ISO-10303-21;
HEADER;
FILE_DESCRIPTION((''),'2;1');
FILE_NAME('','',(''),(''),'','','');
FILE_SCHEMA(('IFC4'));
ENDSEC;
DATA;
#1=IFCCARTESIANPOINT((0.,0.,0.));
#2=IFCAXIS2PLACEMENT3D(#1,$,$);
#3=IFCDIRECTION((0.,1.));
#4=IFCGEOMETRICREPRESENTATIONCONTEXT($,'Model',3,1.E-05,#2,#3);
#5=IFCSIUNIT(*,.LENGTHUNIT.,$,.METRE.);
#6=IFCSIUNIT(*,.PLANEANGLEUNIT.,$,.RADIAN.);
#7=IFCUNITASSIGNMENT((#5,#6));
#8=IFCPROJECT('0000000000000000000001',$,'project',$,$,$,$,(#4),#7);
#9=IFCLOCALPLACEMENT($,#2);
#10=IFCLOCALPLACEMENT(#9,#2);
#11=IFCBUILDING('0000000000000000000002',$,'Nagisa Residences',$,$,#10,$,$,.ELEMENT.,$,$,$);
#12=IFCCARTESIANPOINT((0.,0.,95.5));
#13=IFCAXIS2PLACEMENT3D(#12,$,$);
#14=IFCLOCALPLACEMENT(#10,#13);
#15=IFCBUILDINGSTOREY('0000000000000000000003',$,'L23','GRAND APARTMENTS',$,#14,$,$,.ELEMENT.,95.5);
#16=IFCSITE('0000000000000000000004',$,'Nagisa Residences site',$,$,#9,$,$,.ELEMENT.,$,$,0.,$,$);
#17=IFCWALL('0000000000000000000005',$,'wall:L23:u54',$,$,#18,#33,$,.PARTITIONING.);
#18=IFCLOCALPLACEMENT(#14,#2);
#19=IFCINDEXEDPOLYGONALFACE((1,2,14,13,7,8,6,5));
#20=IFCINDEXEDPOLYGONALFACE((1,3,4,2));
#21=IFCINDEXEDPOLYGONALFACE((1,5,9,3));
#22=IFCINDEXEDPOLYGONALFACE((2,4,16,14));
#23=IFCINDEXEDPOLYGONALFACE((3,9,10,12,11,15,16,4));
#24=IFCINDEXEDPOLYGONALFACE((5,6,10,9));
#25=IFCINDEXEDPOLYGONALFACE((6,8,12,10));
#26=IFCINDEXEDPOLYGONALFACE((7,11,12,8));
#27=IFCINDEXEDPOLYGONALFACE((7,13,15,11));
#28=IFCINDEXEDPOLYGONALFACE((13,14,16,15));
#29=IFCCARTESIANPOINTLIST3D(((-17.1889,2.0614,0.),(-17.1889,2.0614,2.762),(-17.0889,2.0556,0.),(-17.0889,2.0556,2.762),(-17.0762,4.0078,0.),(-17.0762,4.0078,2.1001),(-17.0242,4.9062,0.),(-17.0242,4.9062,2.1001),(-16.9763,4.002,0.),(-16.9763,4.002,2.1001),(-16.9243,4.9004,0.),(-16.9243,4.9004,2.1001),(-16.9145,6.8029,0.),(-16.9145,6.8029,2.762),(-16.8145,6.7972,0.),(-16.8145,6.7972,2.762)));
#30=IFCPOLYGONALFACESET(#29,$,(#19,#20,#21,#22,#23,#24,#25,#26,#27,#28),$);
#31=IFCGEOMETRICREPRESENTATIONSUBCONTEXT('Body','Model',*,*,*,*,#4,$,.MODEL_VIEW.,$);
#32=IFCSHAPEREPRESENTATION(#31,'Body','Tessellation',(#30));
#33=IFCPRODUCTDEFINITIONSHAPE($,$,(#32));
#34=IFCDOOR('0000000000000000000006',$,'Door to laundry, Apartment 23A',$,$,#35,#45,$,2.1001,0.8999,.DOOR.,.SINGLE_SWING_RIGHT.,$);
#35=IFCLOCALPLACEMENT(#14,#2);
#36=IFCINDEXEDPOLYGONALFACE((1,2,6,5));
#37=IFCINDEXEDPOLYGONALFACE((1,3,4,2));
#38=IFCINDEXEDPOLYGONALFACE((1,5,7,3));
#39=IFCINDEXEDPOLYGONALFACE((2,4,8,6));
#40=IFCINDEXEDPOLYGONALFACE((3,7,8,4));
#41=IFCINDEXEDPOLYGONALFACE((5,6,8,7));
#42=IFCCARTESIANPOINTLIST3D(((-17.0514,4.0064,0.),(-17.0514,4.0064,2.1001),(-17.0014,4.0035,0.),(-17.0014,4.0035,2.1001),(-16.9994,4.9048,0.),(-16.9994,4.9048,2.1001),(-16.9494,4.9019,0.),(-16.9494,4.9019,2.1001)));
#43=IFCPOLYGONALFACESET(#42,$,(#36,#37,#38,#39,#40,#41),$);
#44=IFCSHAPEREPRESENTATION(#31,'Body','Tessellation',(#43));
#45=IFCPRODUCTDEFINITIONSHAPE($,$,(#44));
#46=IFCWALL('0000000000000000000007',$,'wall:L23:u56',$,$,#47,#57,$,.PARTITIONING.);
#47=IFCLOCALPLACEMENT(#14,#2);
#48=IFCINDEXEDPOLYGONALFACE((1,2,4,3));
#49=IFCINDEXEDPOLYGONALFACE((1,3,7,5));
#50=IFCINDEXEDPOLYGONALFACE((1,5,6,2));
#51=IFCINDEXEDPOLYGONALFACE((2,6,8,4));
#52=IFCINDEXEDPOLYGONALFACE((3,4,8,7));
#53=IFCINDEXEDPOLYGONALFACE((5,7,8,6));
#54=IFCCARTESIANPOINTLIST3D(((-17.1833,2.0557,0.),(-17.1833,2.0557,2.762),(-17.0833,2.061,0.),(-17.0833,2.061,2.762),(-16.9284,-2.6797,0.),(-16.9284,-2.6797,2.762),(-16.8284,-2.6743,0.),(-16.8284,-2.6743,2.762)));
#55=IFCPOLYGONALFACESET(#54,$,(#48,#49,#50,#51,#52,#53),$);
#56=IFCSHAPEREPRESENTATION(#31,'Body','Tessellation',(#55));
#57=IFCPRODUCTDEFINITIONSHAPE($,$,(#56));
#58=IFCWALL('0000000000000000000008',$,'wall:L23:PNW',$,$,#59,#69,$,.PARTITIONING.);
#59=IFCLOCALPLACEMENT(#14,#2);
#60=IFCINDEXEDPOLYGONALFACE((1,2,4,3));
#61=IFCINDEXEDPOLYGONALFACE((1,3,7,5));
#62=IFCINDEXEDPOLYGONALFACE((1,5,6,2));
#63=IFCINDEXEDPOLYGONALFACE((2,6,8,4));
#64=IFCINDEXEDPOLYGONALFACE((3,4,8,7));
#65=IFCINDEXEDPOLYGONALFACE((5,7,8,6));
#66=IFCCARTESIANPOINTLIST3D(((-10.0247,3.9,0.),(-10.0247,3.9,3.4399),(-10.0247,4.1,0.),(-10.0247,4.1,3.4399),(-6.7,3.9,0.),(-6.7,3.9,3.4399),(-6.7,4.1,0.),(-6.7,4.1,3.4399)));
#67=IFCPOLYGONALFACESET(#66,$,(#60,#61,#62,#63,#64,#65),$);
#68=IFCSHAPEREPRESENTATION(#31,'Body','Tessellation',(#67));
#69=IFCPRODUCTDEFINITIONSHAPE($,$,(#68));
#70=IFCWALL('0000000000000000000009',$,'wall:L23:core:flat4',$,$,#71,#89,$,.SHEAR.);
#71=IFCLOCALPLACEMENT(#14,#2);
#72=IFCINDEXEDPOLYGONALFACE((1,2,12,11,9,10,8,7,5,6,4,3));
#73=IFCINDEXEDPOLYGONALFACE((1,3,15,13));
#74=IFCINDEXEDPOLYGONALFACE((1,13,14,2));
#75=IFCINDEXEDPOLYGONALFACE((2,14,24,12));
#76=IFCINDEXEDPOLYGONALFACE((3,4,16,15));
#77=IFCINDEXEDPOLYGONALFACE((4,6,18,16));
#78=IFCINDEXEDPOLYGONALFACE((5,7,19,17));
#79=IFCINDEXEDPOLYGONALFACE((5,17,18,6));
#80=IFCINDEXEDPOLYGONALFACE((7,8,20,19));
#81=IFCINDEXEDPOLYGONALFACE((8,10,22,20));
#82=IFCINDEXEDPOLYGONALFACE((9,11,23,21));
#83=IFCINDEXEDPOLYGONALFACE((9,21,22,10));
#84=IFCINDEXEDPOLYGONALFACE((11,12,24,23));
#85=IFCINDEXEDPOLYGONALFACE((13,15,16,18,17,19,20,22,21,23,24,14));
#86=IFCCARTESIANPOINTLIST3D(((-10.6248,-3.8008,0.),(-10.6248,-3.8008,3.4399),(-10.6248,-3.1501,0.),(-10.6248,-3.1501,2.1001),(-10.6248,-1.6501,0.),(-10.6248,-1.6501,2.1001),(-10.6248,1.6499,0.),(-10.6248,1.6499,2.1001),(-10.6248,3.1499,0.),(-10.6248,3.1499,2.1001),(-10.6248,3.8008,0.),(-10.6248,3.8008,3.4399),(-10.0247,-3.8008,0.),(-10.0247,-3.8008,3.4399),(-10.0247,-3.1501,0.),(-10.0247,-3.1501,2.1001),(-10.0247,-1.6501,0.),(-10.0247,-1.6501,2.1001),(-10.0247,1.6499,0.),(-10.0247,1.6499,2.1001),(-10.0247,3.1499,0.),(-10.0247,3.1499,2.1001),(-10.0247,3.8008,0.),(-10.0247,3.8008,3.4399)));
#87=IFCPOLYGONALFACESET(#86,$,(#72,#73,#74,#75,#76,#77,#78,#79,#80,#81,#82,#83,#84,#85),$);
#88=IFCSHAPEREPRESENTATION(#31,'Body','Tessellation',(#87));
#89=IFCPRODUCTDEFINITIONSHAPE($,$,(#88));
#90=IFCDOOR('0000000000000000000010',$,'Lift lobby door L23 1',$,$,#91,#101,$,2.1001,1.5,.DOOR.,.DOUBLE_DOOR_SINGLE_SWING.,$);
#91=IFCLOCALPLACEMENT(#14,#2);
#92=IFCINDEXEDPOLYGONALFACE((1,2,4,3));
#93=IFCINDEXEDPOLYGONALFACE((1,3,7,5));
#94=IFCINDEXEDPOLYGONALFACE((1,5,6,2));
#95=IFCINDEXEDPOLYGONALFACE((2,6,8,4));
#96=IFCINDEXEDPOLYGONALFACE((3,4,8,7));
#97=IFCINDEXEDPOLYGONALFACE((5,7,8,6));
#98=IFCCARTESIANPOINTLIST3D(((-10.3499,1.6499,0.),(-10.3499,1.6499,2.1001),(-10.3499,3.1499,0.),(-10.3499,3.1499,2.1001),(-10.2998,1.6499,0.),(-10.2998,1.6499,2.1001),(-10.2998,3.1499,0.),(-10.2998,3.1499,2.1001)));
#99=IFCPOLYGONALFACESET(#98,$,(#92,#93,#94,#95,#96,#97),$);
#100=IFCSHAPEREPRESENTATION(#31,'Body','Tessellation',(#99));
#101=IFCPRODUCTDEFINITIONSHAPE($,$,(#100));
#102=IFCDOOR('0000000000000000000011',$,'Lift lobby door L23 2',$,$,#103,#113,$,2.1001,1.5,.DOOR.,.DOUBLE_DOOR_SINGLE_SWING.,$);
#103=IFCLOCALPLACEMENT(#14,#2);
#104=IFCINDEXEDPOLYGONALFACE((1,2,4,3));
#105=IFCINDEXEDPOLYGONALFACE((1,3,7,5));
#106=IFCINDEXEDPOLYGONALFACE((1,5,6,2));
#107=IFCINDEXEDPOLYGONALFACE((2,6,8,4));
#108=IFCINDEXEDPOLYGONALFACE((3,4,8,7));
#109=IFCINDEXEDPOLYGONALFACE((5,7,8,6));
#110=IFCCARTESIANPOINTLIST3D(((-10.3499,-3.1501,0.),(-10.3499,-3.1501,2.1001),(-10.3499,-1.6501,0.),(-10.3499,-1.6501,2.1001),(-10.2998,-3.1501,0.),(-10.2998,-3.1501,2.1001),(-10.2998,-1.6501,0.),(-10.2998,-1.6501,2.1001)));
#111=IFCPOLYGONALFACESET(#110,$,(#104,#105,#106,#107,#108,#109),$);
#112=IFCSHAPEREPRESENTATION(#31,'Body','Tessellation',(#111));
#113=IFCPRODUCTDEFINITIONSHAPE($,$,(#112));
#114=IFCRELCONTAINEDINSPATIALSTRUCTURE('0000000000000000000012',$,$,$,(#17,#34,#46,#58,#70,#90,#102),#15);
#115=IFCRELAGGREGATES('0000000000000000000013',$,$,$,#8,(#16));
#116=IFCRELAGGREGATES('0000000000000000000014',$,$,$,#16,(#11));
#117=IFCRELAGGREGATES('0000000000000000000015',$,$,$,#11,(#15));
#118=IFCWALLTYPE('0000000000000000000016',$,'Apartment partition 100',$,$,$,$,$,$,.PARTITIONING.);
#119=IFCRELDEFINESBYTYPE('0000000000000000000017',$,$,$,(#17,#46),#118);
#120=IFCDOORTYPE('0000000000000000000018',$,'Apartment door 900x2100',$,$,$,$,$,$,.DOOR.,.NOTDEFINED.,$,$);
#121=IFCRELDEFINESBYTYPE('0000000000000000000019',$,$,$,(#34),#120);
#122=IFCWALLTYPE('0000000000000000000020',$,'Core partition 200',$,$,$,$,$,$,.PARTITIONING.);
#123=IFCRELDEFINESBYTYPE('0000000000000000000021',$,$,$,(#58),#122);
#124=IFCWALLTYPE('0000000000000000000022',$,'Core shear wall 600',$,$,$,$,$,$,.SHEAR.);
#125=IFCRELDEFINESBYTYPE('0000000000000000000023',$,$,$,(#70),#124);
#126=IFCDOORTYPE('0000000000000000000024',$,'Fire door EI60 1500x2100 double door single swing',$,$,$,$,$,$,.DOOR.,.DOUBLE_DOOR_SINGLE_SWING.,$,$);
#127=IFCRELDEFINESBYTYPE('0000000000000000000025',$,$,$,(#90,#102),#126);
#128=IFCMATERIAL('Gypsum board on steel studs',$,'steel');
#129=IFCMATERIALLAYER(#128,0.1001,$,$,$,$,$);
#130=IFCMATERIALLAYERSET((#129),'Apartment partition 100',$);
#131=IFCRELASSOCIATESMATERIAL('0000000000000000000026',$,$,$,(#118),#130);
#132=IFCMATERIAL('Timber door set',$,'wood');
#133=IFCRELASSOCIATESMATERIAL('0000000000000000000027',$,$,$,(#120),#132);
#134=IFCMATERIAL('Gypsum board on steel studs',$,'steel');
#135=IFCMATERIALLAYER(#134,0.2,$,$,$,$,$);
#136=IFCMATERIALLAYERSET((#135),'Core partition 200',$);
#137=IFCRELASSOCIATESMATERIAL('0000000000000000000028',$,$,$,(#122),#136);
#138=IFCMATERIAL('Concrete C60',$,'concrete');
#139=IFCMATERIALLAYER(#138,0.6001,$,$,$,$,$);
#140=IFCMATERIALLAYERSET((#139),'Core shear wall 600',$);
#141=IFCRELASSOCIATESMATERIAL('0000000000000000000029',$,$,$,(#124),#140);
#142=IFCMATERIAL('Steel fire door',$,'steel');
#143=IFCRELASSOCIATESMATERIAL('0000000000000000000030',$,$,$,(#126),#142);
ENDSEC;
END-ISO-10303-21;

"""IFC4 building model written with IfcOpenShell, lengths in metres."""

from ifc_helpers import new_model, si_unit, direction, frame, frame_2d, origin, place, context, subcontext, project, spatial, rectangle, extrude, material, layer, layer_set, type_object, element, fill, save


model = new_model("IFC4")

# Units and contexts
model_context = context("Model", 3, precision=1e-05, world=origin(), true_north=direction((0.0, 1.0)))
body_context = subcontext(model_context, "Body", "Model", "MODEL_VIEW")
ifc_project = project(units=[si_unit("LENGTHUNIT", "METRE"), si_unit("PLANEANGLEUNIT", "RADIAN")], contexts=[model_context])

# Site, building, storey
site_placement = place(None, origin())
site = spatial("IfcSite", under=ifc_project, at=site_placement, Name="Nagisa Residences site", CompositionType="ELEMENT", RefElevation=0.0)
building_placement = place(site_placement, origin())
building = spatial("IfcBuilding", under=site, at=building_placement, Name="Nagisa Residences", CompositionType="ELEMENT")
storey_placement = place(building_placement, frame((0.0, 0.0, 95.5)))
storey = spatial("IfcBuildingStorey", under=building, at=storey_placement, Name="L23", Description="GRAND APARTMENTS", CompositionType="ELEMENT", Elevation=95.5)

# Shared definitions
ifc_material_1 = material(Name="Gypsum board on steel studs", Category="steel")
ifc_layer_1 = layer(ifc_material_1, 0.1001)
ifc_layer_set_1 = layer_set([ifc_layer_1], Name="Apartment partition 100")
wall_type_1 = type_object("IfcWallType", Name="Apartment partition 100", PredefinedType="PARTITIONING", material=ifc_layer_set_1)

# Wall, opening, door
ifc_material_2 = material(Name="Timber door set", Category="wood")
door_type_1 = type_object("IfcDoorType", Name="Apartment door 900x2100", OperationType="NOTDEFINED", PredefinedType="DOOR", material=ifc_material_2)
wall_1_placement = place(storey_placement, frame((-16.8645, 6.8, 0.0), z_axis=(0.0, 0.0, 1.0), x_axis=(-0.057776, -0.99833, 0.0)))
wall_1 = element("IfcWall", 1, at=wall_1_placement, inside=storey, type_object=wall_type_1, Name="wall:L23:u54", PredefinedType="PARTITIONING", context=body_context, shape_type="SweptSolid", body=[
    extrude(rectangle(XDim=4.7495, YDim=0.1001, at=frame_2d((2.3748, 0.0))), origin(), (0.0, 0.0, 1.0), 2.762),
])
opening_1_placement = place(wall_1_placement, frame((1.8999, 0.0, 0.0)))
opening_1 = element("IfcOpeningElement", 2, at=opening_1_placement, cuts=wall_1, PredefinedType="OPENING", context=body_context, shape_type="SweptSolid", body=[
    extrude(rectangle(XDim=0.8999, YDim=2.1001, at=frame_2d((0.45, 1.05))), frame((0.0, 0.0601, 0.0), z_axis=(0.0, -1.0, 0.0), x_axis=(1.0, 0.0, 0.0)), (0.0, 0.0, 1.0), 0.1201),
])
door_1_placement = place(opening_1_placement, origin())
door_1 = element("IfcDoor", 3, at=door_1_placement, inside=storey, type_object=door_type_1, Name="Door to laundry, Apartment 23A", OperationType="SINGLE_SWING_RIGHT", OverallHeight=2.1001, OverallWidth=0.8999, PredefinedType="DOOR", context=body_context, shape_type="SweptSolid", body=[
    extrude(rectangle(XDim=0.8999, YDim=2.1001, at=frame_2d((0.45, 1.05))), frame((0.0, 0.0249, 0.0), z_axis=(0.0, -1.0, 0.0), x_axis=(1.0, 0.0, 0.0)), (0.0, 0.0, 1.0), 0.05),
])
fill(opening_1, door_1)

# Walls
wall_2_placement = place(storey_placement, frame((-17.1333, 2.0583, 0.0), z_axis=(0.0, 0.0, 1.0), x_axis=(0.053748, -0.998555, 0.0)))
element("IfcWall", 4, at=wall_2_placement, inside=storey, type_object=wall_type_1, Name="wall:L23:u56", PredefinedType="PARTITIONING", context=body_context, shape_type="SweptSolid", body=[
    extrude(rectangle(XDim=4.7422, YDim=0.1001, at=frame_2d((2.3711, 0.0))), origin(), (0.0, 0.0, 1.0), 2.762),
])
ifc_material_3 = material(Name="Gypsum board on steel studs", Category="steel")
ifc_layer_2 = layer(ifc_material_3, 0.2)
ifc_layer_set_2 = layer_set([ifc_layer_2], Name="Core partition 200")
wall_type_2 = type_object("IfcWallType", Name="Core partition 200", PredefinedType="PARTITIONING", material=ifc_layer_set_2)
wall_3_placement = place(storey_placement, frame((-10.0247, 4.0, 0.0), z_axis=(0.0, 0.0, 1.0), x_axis=(1.0, 0.0, 0.0)))
element("IfcWall", 5, at=wall_3_placement, inside=storey, type_object=wall_type_2, Name="wall:L23:PNW", PredefinedType="PARTITIONING", context=body_context, shape_type="SweptSolid", body=[
    extrude(rectangle(XDim=3.3247, YDim=0.2, at=frame_2d((1.6624, 0.0))), origin(), (0.0, 0.0, 1.0), 3.4399),
])

# Wall, openings, doors
ifc_material_4 = material(Name="Concrete C60", Category="concrete")
ifc_layer_3 = layer(ifc_material_4, 0.6001)
ifc_layer_set_3 = layer_set([ifc_layer_3], Name="Core shear wall 600")
wall_type_3 = type_object("IfcWallType", Name="Core shear wall 600", PredefinedType="SHEAR", material=ifc_layer_set_3)
wall_4_placement = place(storey_placement, frame((-10.3247, 3.8008, 0.0), z_axis=(0.0, 0.0, 1.0), x_axis=(0.0, -1.0, 0.0)))
wall_4 = element("IfcWall", 6, at=wall_4_placement, inside=storey, type_object=wall_type_3, Name="wall:L23:core:flat4", PredefinedType="SHEAR", context=body_context, shape_type="SweptSolid", body=[
    extrude(rectangle(XDim=7.6016, YDim=0.6001, at=frame_2d((3.8008, 0.0))), origin(), (0.0, 0.0, 1.0), 3.4399),
])
opening_2_placement = place(wall_4_placement, frame((0.6509, 0.0, 0.0)))
opening_2 = element("IfcOpeningElement", 7, at=opening_2_placement, cuts=wall_4, PredefinedType="OPENING", context=body_context, shape_type="SweptSolid", body=[
    extrude(rectangle(XDim=1.5, YDim=2.1001, at=frame_2d((0.75, 1.05))), frame((0.0, 0.3101, 0.0), z_axis=(0.0, -1.0, 0.0), x_axis=(1.0, 0.0, 0.0)), (0.0, 0.0, 1.0), 0.6201),
])
opening_3_placement = place(wall_4_placement, frame((5.4509, 0.0, 0.0)))
opening_3 = element("IfcOpeningElement", 8, at=opening_3_placement, cuts=wall_4, PredefinedType="OPENING", context=body_context, shape_type="SweptSolid", body=[
    extrude(rectangle(XDim=1.5, YDim=2.1001, at=frame_2d((0.75, 1.05))), frame((0.0, 0.3101, 0.0), z_axis=(0.0, -1.0, 0.0), x_axis=(1.0, 0.0, 0.0)), (0.0, 0.0, 1.0), 0.6201),
])
ifc_material_5 = material(Name="Steel fire door", Category="steel")
door_type_2 = type_object("IfcDoorType", Name="Fire door EI60 1500x2100 double door single swing", OperationType="DOUBLE_DOOR_SINGLE_SWING", PredefinedType="DOOR", material=ifc_material_5)
door_2_placement = place(opening_2_placement, origin())
door_2 = element("IfcDoor", 9, at=door_2_placement, inside=storey, type_object=door_type_2, Name="Lift lobby door L23 1", OperationType="DOUBLE_DOOR_SINGLE_SWING", OverallHeight=2.1001, OverallWidth=1.5, PredefinedType="DOOR", context=body_context, shape_type="SweptSolid", body=[
    extrude(rectangle(XDim=1.5, YDim=2.1001, at=frame_2d((0.75, 1.05))), frame((0.0, 0.0249, 0.0), z_axis=(0.0, -1.0, 0.0), x_axis=(1.0, 0.0, 0.0)), (0.0, 0.0, 1.0), 0.05),
])
fill(opening_2, door_2)
door_3_placement = place(opening_3_placement, origin())
door_3 = element("IfcDoor", 10, at=door_3_placement, inside=storey, type_object=door_type_2, Name="Lift lobby door L23 2", OperationType="DOUBLE_DOOR_SINGLE_SWING", OverallHeight=2.1001, OverallWidth=1.5, PredefinedType="DOOR", context=body_context, shape_type="SweptSolid", body=[
    extrude(rectangle(XDim=1.5, YDim=2.1001, at=frame_2d((0.75, 1.05))), frame((0.0, 0.0249, 0.0), z_axis=(0.0, -1.0, 0.0), x_axis=(1.0, 0.0, 0.0)), (0.0, 0.0, 1.0), 0.05),
])
fill(opening_3, door_3)

save(model, "model.ifc")
